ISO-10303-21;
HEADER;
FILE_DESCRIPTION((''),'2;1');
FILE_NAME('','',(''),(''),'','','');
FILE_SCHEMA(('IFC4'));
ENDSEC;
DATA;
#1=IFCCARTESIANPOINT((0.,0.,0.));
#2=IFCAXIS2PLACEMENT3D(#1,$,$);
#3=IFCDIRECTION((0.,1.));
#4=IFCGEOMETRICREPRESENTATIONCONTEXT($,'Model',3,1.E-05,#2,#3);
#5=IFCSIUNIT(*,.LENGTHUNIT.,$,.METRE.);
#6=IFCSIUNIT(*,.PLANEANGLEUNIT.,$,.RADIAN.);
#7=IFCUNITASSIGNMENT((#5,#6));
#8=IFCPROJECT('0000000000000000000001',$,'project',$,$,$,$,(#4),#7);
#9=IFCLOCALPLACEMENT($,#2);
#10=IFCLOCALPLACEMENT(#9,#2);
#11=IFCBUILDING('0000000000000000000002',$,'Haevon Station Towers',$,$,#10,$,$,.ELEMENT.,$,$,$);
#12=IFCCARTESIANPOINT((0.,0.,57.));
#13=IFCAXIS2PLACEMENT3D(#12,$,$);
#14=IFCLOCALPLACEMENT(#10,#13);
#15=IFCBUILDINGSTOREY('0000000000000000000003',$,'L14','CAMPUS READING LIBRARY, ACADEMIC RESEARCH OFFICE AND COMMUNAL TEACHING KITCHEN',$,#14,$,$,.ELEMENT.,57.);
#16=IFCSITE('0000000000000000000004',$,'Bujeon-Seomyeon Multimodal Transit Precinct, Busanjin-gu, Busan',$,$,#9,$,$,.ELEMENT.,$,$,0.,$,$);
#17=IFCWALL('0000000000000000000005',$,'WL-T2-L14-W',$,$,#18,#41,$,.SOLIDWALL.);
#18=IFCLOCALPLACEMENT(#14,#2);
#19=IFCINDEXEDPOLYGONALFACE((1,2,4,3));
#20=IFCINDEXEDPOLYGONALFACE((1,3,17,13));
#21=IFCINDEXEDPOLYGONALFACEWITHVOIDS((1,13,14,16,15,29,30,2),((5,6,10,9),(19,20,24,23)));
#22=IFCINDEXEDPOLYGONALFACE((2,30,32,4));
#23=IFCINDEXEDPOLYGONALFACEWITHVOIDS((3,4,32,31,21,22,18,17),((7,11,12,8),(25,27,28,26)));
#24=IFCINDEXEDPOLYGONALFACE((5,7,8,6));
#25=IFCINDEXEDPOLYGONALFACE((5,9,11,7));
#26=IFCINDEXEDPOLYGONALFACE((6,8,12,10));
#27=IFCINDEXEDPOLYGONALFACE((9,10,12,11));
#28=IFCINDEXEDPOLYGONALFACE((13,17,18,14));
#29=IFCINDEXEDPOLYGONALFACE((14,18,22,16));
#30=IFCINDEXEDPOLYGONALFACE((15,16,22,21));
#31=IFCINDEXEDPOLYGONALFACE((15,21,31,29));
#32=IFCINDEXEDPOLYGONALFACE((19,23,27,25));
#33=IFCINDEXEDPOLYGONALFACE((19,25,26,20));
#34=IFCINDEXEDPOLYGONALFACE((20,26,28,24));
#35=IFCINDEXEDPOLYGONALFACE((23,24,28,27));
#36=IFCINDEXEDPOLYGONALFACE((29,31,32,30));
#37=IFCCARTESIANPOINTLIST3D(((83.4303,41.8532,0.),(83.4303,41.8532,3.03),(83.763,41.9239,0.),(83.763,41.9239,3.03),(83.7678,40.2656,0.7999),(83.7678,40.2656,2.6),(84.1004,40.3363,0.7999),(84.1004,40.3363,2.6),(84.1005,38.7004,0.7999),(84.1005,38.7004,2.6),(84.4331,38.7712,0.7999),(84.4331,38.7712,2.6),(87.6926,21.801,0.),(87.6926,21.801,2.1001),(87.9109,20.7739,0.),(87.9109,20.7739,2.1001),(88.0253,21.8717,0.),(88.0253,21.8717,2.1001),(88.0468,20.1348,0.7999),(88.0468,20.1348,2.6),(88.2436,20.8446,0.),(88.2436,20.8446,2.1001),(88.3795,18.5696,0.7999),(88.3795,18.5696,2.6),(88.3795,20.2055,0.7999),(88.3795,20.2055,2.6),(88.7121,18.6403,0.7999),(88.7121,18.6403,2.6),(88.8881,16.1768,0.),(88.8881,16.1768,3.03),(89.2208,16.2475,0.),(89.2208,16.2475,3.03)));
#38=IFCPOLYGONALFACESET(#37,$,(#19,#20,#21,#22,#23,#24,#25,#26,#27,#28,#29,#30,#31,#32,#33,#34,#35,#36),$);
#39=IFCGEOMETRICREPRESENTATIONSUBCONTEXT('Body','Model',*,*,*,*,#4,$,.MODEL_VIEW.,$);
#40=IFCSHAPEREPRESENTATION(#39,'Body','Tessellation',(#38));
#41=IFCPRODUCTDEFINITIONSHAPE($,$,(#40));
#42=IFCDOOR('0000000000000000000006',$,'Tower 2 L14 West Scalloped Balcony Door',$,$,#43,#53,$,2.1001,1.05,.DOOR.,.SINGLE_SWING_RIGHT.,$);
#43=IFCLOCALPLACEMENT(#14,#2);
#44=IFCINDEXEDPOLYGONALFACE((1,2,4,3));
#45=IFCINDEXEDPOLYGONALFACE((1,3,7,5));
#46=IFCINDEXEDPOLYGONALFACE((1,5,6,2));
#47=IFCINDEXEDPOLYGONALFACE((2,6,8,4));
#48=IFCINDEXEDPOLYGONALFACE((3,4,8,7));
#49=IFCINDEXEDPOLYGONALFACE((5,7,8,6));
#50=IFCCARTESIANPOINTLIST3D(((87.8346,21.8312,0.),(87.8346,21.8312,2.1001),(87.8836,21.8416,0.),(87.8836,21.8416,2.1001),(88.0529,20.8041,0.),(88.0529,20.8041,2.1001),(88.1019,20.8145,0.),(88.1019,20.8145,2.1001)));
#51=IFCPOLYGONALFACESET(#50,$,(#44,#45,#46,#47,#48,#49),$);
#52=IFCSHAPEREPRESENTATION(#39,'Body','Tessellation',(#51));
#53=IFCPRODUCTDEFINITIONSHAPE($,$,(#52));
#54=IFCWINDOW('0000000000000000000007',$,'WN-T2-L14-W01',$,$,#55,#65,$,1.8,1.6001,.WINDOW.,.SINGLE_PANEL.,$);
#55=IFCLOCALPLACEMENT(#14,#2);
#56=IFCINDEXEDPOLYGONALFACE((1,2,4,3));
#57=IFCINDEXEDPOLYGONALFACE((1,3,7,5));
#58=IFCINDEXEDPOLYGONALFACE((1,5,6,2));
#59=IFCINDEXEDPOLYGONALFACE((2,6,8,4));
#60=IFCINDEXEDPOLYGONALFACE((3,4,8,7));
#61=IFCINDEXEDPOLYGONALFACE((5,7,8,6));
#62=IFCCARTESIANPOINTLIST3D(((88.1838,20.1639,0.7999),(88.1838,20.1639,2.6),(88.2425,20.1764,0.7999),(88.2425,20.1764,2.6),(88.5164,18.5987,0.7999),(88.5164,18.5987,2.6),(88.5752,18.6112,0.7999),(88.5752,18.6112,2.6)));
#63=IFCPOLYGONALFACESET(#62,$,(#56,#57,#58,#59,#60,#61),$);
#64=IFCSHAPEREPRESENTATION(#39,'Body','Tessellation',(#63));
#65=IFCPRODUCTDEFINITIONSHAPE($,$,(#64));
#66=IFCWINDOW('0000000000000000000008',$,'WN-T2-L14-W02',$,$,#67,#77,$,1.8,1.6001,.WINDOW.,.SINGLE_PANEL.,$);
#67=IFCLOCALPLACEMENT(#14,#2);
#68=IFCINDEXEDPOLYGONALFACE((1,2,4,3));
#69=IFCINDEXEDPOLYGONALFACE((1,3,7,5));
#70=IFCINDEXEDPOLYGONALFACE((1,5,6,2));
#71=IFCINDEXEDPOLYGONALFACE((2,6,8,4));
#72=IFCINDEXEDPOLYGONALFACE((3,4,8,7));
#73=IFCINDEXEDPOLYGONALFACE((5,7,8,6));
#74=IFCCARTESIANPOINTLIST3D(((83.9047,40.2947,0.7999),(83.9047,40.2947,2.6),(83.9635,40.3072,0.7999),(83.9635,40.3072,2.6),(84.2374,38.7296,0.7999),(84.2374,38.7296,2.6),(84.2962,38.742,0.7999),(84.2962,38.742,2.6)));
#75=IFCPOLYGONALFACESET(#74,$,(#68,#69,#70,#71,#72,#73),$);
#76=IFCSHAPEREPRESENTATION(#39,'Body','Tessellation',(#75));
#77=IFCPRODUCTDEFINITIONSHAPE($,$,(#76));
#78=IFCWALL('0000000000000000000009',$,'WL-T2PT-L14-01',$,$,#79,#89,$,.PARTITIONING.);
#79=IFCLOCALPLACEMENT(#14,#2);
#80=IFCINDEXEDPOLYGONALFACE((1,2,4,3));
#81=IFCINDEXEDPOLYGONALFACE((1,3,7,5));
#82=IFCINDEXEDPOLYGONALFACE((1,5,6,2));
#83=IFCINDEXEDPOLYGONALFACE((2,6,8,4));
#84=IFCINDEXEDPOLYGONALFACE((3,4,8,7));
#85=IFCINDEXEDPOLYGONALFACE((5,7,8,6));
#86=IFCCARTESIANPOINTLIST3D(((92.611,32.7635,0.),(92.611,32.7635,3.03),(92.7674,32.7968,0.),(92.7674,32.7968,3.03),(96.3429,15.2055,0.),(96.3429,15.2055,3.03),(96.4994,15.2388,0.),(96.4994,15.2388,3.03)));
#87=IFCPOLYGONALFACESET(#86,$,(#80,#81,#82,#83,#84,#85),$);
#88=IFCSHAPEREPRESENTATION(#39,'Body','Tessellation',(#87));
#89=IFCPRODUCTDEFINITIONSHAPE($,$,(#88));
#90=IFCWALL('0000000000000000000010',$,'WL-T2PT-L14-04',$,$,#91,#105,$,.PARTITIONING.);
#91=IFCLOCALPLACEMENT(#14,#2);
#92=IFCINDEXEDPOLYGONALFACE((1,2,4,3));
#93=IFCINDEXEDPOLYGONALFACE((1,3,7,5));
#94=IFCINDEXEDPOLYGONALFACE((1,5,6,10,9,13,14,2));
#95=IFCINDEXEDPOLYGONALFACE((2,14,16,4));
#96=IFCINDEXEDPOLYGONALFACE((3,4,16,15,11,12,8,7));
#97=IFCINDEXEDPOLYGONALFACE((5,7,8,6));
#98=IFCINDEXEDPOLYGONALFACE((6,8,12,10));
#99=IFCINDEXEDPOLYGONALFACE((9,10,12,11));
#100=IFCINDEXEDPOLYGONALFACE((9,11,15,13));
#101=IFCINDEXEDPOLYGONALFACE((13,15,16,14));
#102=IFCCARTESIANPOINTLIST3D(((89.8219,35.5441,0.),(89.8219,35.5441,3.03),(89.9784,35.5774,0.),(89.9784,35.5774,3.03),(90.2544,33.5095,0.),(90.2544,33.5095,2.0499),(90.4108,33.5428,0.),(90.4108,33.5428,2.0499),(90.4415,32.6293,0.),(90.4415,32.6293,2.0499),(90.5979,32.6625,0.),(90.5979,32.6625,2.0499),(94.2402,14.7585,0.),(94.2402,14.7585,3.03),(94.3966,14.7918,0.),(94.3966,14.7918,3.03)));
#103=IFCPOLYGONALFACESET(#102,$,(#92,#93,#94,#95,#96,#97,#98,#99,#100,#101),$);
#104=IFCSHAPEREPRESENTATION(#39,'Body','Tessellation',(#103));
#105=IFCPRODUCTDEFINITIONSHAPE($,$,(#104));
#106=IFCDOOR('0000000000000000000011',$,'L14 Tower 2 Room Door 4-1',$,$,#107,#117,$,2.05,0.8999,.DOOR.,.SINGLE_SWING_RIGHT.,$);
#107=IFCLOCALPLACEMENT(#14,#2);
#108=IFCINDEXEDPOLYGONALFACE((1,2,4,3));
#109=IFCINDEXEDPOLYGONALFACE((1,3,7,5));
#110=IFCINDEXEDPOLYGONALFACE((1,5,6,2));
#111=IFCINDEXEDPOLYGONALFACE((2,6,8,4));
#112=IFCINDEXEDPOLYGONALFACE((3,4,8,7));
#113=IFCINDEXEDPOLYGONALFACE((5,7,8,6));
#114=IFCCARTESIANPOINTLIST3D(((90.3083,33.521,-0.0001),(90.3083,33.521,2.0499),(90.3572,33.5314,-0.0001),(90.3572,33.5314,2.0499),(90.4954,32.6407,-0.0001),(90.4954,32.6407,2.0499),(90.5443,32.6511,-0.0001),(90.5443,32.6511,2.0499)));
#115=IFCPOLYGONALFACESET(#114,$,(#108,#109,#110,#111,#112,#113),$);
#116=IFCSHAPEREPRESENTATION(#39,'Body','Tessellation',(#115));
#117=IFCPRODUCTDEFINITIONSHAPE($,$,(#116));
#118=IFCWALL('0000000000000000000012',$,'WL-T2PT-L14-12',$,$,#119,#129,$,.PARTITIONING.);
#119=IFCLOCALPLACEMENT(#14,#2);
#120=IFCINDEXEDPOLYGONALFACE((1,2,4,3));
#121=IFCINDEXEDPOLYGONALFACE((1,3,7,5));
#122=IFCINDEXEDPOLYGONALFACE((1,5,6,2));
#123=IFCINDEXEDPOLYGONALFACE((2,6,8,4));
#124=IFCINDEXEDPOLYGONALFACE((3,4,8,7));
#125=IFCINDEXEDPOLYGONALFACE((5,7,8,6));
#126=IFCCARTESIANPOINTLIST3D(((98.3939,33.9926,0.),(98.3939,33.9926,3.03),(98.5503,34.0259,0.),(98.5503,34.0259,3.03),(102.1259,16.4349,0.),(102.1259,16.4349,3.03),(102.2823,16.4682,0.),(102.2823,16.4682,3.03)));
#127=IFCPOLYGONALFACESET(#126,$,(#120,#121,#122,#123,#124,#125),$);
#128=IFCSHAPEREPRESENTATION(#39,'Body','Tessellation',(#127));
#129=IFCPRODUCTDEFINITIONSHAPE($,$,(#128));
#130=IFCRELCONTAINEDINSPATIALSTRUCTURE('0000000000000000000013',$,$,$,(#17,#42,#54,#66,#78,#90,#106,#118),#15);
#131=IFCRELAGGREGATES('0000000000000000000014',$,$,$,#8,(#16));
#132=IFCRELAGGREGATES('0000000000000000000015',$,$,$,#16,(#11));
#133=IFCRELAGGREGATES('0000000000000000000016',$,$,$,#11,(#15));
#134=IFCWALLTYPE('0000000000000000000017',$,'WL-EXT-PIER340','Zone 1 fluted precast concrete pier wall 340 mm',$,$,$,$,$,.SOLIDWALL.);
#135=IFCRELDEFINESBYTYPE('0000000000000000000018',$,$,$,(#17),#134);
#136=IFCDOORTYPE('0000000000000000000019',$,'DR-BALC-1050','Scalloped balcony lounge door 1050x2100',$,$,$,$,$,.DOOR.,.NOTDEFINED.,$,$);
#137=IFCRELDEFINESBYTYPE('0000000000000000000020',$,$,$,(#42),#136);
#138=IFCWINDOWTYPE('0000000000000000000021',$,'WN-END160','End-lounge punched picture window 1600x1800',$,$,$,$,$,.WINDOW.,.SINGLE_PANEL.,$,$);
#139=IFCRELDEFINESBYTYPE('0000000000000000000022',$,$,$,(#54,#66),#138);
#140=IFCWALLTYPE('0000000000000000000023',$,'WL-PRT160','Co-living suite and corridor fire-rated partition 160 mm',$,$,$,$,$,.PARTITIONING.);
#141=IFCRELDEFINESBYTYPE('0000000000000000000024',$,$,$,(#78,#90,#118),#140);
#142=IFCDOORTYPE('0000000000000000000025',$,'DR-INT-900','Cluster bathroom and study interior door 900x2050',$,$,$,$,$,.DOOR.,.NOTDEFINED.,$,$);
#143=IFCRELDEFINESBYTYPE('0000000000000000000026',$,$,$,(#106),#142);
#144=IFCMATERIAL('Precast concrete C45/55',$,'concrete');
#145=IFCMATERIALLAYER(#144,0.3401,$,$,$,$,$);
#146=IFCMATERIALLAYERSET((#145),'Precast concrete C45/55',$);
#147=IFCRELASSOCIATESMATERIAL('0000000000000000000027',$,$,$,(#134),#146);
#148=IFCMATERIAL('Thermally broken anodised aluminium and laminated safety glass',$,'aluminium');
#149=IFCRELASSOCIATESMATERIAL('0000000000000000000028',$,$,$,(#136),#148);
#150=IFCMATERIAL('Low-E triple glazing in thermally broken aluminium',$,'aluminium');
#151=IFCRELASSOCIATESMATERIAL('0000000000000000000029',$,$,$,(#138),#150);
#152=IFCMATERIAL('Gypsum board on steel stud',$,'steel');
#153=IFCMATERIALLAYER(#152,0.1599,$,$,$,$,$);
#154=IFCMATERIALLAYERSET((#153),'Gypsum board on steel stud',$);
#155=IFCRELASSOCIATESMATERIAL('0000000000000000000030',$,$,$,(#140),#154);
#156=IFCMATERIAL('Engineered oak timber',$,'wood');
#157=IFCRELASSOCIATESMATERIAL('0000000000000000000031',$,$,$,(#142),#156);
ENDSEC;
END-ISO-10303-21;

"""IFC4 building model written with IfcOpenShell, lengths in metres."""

from ifc_helpers import new_model, si_unit, direction, frame, frame_2d, origin, place, context, subcontext, project, spatial, rectangle, extrude, material, layer, layer_set, type_object, element, fill, save


model = new_model("IFC4")

# Units and contexts
model_context = context("Model", 3, precision=1e-05, world=origin(), true_north=direction((0.0, 1.0)))
body_context = subcontext(model_context, "Body", "Model", "MODEL_VIEW")
ifc_project = project(units=[si_unit("LENGTHUNIT", "METRE"), si_unit("PLANEANGLEUNIT", "RADIAN")], contexts=[model_context])

# Site, building, storey
site_placement = place(None, origin())
site = spatial("IfcSite", under=ifc_project, at=site_placement, Name="Bujeon-Seomyeon Multimodal Transit Precinct, Busanjin-gu, Busan", CompositionType="ELEMENT", RefElevation=0.0)
building_placement = place(site_placement, origin())
building = spatial("IfcBuilding", under=site, at=building_placement, Name="Haevon Station Towers", CompositionType="ELEMENT")
storey_placement = place(building_placement, frame((0.0, 0.0, 57.0)))
storey = spatial("IfcBuildingStorey", under=building, at=storey_placement, Name="L14", Description="CAMPUS READING LIBRARY, ACADEMIC RESEARCH OFFICE AND COMMUNAL TEACHING KITCHEN", CompositionType="ELEMENT", Elevation=57.0)

# Shared definitions
ifc_material_1 = material(Name="Precast concrete C45/55", Category="concrete")
ifc_layer_1 = layer(ifc_material_1, 0.3401)
ifc_layer_set_1 = layer_set([ifc_layer_1], Name="Precast concrete C45/55")
wall_type_1 = type_object("IfcWallType", Name="WL-EXT-PIER340", Description="Zone 1 fluted precast concrete pier wall 340 mm", PredefinedType="SOLIDWALL", material=ifc_layer_set_1)

# Wall, openings, door, windows
wall_1_placement = place(storey_placement, frame((89.0544, 16.2122, 0.0), z_axis=(0.0, 0.0, 1.0), x_axis=(-0.207915, 0.978147, 0.0)))
wall_1 = element("IfcWall", 1, at=wall_1_placement, inside=storey, type_object=wall_type_1, Name="WL-T2-L14-W", PredefinedType="SOLIDWALL", context=body_context, shape_type="SweptSolid", body=[
    extrude(rectangle(XDim=26.25, YDim=0.3401, at=frame_2d((13.125, 0.0))), origin(), (0.0, 0.0, 1.0), 3.03),
])
opening_1_placement = place(wall_1_placement, frame((4.7, 0.0, 0.0)))
opening_1 = element("IfcOpeningElement", 2, at=opening_1_placement, cuts=wall_1, PredefinedType="OPENING", context=body_context, shape_type="SweptSolid", body=[
    extrude(rectangle(XDim=1.05, YDim=2.1001, at=frame_2d((0.5249, 1.05))), frame((0.0, 0.1799, 0.0), z_axis=(0.0, -1.0, 0.0), x_axis=(1.0, 0.0, 0.0)), (0.0, 0.0, 1.0), 0.3601),
])
opening_2_placement = place(wall_1_placement, frame((2.4463, 0.0, 0.8)))
opening_2 = element("IfcOpeningElement", 3, at=opening_2_placement, cuts=wall_1, PredefinedType="OPENING", context=body_context, shape_type="SweptSolid", body=[
    extrude(rectangle(XDim=1.6001, YDim=1.8, at=frame_2d((0.8, 0.8999))), frame((0.0, 0.1799, 0.0), z_axis=(0.0, -1.0, 0.0), x_axis=(1.0, 0.0, 0.0)), (0.0, 0.0, 1.0), 0.3601),
])
opening_3_placement = place(wall_1_placement, frame((23.0269, 0.0, 0.8)))
opening_3 = element("IfcOpeningElement", 4, at=opening_3_placement, cuts=wall_1, PredefinedType="OPENING", context=body_context, shape_type="SweptSolid", body=[
    extrude(rectangle(XDim=1.6001, YDim=1.8, at=frame_2d((0.8, 0.8999))), frame((0.0, 0.1799, 0.0), z_axis=(0.0, -1.0, 0.0), x_axis=(1.0, 0.0, 0.0)), (0.0, 0.0, 1.0), 0.3601),
])
ifc_material_2 = material(Name="Thermally broken anodised aluminium and laminated safety glass", Category="aluminium")
door_type_1 = type_object("IfcDoorType", Name="DR-BALC-1050", Description="Scalloped balcony lounge door 1050x2100", OperationType="NOTDEFINED", PredefinedType="DOOR", material=ifc_material_2)
door_1_placement = place(opening_1_placement, origin())
door_1 = element("IfcDoor", 5, at=door_1_placement, inside=storey, type_object=door_type_1, Name="Tower 2 L14 West Scalloped Balcony Door", OperationType="SINGLE_SWING_RIGHT", OverallHeight=2.1001, OverallWidth=1.05, PredefinedType="DOOR", context=body_context, shape_type="SweptSolid", body=[
    extrude(rectangle(XDim=1.05, YDim=2.1001, at=frame_2d((0.5249, 1.05))), frame((0.0, 0.0249, 0.0), z_axis=(0.0, -1.0, 0.0), x_axis=(1.0, 0.0, 0.0)), (0.0, 0.0, 1.0), 0.05),
])
fill(opening_1, door_1)
ifc_material_3 = material(Name="Low-E triple glazing in thermally broken aluminium", Category="aluminium")
window_type = type_object("IfcWindowType", Name="WN-END160", Description="End-lounge punched picture window 1600x1800", PartitioningType="SINGLE_PANEL", PredefinedType="WINDOW", material=ifc_material_3)
window_1_placement = place(opening_2_placement, origin())
window_1 = element("IfcWindow", 6, at=window_1_placement, inside=storey, type_object=window_type, Name="WN-T2-L14-W01", OverallHeight=1.8, OverallWidth=1.6001, PartitioningType="SINGLE_PANEL", PredefinedType="WINDOW", context=body_context, shape_type="SweptSolid", body=[
    extrude(rectangle(XDim=1.6001, YDim=1.8, at=frame_2d((0.8, 0.8999))), frame((0.0, 0.03, 0.0), z_axis=(0.0, -1.0, 0.0), x_axis=(1.0, 0.0, 0.0)), (0.0, 0.0, 1.0), 0.0601),
])
fill(opening_2, window_1)
window_2_placement = place(opening_3_placement, origin())
window_2 = element("IfcWindow", 7, at=window_2_placement, inside=storey, type_object=window_type, Name="WN-T2-L14-W02", OverallHeight=1.8, OverallWidth=1.6001, PartitioningType="SINGLE_PANEL", PredefinedType="WINDOW", context=body_context, shape_type="SweptSolid", body=[
    extrude(rectangle(XDim=1.6001, YDim=1.8, at=frame_2d((0.8, 0.8999))), frame((0.0, 0.03, 0.0), z_axis=(0.0, -1.0, 0.0), x_axis=(1.0, 0.0, 0.0)), (0.0, 0.0, 1.0), 0.0601),
])
fill(opening_3, window_2)

# Wall
ifc_material_4 = material(Name="Gypsum board on steel stud", Category="steel")
ifc_layer_2 = layer(ifc_material_4, 0.1599)
ifc_layer_set_2 = layer_set([ifc_layer_2], Name="Gypsum board on steel stud")
wall_type_2 = type_object("IfcWallType", Name="WL-PRT160", Description="Co-living suite and corridor fire-rated partition 160 mm", PredefinedType="PARTITIONING", material=ifc_layer_set_2)
wall_2_placement = place(storey_placement, frame((96.4211, 15.2222, 0.0), z_axis=(0.0, 0.0, 1.0), x_axis=(-0.207906, 0.978149, 0.0)))
element("IfcWall", 8, at=wall_2_placement, inside=storey, type_object=wall_type_2, Name="WL-T2PT-L14-01", PredefinedType="PARTITIONING", context=body_context, shape_type="SweptSolid", body=[
    extrude(rectangle(XDim=17.9502, YDim=0.1599, at=frame_2d((8.9751, 0.0))), origin(), (0.0, 0.0, 1.0), 3.03),
])

# Wall, opening, door
wall_3_placement = place(storey_placement, frame((94.3184, 14.7751, 0.0), z_axis=(0.0, 0.0, 1.0), x_axis=(-0.207916, 0.978147, 0.0)))
wall_3 = element("IfcWall", 9, at=wall_3_placement, inside=storey, type_object=wall_type_2, Name="WL-T2PT-L14-04", PredefinedType="PARTITIONING", context=body_context, shape_type="SweptSolid", body=[
    extrude(rectangle(XDim=21.25, YDim=0.1599, at=frame_2d((10.625, 0.0))), origin(), (0.0, 0.0, 1.0), 3.03),
])
opening_4_placement = place(wall_3_placement, frame((18.27, 0.0, 0.0)))
opening_4 = element("IfcOpeningElement", 10, at=opening_4_placement, cuts=wall_3, PredefinedType="OPENING", context=body_context, shape_type="SweptSolid", body=[
    extrude(rectangle(XDim=0.8999, YDim=2.05, at=frame_2d((0.45, 1.0249))), frame((0.0, 0.0898, 0.0), z_axis=(0.0, -1.0, 0.0), x_axis=(1.0, 0.0, 0.0)), (0.0, 0.0, 1.0), 0.1799),
])
ifc_material_5 = material(Name="Engineered oak timber", Category="wood")
door_type_2 = type_object("IfcDoorType", Name="DR-INT-900", Description="Cluster bathroom and study interior door 900x2050", OperationType="NOTDEFINED", PredefinedType="DOOR", material=ifc_material_5)
door_2_placement = place(opening_4_placement, origin())
door_2 = element("IfcDoor", 11, at=door_2_placement, inside=storey, type_object=door_type_2, Name="L14 Tower 2 Room Door 4-1", OperationType="SINGLE_SWING_RIGHT", OverallHeight=2.05, OverallWidth=0.8999, PredefinedType="DOOR", context=body_context, shape_type="SweptSolid", body=[
    extrude(rectangle(XDim=0.8999, YDim=2.05, at=frame_2d((0.45, 1.0249))), frame((0.0, 0.0249, 0.0), z_axis=(0.0, -1.0, 0.0), x_axis=(1.0, 0.0, 0.0)), (0.0, 0.0, 1.0), 0.05),
])
fill(opening_4, door_2)

# Wall
wall_4_placement = place(storey_placement, frame((102.2041, 16.4514, 0.0), z_axis=(0.0, 0.0, 1.0), x_axis=(-0.207909, 0.978148, 0.0)))
element("IfcWall", 12, at=wall_4_placement, inside=storey, type_object=wall_type_2, Name="WL-T2PT-L14-12", PredefinedType="PARTITIONING", context=body_context, shape_type="SweptSolid", body=[
    extrude(rectangle(XDim=17.95, YDim=0.1599, at=frame_2d((8.9751, 0.0))), origin(), (0.0, 0.0, 1.0), 3.03),
])

save(model, "model.ifc")
